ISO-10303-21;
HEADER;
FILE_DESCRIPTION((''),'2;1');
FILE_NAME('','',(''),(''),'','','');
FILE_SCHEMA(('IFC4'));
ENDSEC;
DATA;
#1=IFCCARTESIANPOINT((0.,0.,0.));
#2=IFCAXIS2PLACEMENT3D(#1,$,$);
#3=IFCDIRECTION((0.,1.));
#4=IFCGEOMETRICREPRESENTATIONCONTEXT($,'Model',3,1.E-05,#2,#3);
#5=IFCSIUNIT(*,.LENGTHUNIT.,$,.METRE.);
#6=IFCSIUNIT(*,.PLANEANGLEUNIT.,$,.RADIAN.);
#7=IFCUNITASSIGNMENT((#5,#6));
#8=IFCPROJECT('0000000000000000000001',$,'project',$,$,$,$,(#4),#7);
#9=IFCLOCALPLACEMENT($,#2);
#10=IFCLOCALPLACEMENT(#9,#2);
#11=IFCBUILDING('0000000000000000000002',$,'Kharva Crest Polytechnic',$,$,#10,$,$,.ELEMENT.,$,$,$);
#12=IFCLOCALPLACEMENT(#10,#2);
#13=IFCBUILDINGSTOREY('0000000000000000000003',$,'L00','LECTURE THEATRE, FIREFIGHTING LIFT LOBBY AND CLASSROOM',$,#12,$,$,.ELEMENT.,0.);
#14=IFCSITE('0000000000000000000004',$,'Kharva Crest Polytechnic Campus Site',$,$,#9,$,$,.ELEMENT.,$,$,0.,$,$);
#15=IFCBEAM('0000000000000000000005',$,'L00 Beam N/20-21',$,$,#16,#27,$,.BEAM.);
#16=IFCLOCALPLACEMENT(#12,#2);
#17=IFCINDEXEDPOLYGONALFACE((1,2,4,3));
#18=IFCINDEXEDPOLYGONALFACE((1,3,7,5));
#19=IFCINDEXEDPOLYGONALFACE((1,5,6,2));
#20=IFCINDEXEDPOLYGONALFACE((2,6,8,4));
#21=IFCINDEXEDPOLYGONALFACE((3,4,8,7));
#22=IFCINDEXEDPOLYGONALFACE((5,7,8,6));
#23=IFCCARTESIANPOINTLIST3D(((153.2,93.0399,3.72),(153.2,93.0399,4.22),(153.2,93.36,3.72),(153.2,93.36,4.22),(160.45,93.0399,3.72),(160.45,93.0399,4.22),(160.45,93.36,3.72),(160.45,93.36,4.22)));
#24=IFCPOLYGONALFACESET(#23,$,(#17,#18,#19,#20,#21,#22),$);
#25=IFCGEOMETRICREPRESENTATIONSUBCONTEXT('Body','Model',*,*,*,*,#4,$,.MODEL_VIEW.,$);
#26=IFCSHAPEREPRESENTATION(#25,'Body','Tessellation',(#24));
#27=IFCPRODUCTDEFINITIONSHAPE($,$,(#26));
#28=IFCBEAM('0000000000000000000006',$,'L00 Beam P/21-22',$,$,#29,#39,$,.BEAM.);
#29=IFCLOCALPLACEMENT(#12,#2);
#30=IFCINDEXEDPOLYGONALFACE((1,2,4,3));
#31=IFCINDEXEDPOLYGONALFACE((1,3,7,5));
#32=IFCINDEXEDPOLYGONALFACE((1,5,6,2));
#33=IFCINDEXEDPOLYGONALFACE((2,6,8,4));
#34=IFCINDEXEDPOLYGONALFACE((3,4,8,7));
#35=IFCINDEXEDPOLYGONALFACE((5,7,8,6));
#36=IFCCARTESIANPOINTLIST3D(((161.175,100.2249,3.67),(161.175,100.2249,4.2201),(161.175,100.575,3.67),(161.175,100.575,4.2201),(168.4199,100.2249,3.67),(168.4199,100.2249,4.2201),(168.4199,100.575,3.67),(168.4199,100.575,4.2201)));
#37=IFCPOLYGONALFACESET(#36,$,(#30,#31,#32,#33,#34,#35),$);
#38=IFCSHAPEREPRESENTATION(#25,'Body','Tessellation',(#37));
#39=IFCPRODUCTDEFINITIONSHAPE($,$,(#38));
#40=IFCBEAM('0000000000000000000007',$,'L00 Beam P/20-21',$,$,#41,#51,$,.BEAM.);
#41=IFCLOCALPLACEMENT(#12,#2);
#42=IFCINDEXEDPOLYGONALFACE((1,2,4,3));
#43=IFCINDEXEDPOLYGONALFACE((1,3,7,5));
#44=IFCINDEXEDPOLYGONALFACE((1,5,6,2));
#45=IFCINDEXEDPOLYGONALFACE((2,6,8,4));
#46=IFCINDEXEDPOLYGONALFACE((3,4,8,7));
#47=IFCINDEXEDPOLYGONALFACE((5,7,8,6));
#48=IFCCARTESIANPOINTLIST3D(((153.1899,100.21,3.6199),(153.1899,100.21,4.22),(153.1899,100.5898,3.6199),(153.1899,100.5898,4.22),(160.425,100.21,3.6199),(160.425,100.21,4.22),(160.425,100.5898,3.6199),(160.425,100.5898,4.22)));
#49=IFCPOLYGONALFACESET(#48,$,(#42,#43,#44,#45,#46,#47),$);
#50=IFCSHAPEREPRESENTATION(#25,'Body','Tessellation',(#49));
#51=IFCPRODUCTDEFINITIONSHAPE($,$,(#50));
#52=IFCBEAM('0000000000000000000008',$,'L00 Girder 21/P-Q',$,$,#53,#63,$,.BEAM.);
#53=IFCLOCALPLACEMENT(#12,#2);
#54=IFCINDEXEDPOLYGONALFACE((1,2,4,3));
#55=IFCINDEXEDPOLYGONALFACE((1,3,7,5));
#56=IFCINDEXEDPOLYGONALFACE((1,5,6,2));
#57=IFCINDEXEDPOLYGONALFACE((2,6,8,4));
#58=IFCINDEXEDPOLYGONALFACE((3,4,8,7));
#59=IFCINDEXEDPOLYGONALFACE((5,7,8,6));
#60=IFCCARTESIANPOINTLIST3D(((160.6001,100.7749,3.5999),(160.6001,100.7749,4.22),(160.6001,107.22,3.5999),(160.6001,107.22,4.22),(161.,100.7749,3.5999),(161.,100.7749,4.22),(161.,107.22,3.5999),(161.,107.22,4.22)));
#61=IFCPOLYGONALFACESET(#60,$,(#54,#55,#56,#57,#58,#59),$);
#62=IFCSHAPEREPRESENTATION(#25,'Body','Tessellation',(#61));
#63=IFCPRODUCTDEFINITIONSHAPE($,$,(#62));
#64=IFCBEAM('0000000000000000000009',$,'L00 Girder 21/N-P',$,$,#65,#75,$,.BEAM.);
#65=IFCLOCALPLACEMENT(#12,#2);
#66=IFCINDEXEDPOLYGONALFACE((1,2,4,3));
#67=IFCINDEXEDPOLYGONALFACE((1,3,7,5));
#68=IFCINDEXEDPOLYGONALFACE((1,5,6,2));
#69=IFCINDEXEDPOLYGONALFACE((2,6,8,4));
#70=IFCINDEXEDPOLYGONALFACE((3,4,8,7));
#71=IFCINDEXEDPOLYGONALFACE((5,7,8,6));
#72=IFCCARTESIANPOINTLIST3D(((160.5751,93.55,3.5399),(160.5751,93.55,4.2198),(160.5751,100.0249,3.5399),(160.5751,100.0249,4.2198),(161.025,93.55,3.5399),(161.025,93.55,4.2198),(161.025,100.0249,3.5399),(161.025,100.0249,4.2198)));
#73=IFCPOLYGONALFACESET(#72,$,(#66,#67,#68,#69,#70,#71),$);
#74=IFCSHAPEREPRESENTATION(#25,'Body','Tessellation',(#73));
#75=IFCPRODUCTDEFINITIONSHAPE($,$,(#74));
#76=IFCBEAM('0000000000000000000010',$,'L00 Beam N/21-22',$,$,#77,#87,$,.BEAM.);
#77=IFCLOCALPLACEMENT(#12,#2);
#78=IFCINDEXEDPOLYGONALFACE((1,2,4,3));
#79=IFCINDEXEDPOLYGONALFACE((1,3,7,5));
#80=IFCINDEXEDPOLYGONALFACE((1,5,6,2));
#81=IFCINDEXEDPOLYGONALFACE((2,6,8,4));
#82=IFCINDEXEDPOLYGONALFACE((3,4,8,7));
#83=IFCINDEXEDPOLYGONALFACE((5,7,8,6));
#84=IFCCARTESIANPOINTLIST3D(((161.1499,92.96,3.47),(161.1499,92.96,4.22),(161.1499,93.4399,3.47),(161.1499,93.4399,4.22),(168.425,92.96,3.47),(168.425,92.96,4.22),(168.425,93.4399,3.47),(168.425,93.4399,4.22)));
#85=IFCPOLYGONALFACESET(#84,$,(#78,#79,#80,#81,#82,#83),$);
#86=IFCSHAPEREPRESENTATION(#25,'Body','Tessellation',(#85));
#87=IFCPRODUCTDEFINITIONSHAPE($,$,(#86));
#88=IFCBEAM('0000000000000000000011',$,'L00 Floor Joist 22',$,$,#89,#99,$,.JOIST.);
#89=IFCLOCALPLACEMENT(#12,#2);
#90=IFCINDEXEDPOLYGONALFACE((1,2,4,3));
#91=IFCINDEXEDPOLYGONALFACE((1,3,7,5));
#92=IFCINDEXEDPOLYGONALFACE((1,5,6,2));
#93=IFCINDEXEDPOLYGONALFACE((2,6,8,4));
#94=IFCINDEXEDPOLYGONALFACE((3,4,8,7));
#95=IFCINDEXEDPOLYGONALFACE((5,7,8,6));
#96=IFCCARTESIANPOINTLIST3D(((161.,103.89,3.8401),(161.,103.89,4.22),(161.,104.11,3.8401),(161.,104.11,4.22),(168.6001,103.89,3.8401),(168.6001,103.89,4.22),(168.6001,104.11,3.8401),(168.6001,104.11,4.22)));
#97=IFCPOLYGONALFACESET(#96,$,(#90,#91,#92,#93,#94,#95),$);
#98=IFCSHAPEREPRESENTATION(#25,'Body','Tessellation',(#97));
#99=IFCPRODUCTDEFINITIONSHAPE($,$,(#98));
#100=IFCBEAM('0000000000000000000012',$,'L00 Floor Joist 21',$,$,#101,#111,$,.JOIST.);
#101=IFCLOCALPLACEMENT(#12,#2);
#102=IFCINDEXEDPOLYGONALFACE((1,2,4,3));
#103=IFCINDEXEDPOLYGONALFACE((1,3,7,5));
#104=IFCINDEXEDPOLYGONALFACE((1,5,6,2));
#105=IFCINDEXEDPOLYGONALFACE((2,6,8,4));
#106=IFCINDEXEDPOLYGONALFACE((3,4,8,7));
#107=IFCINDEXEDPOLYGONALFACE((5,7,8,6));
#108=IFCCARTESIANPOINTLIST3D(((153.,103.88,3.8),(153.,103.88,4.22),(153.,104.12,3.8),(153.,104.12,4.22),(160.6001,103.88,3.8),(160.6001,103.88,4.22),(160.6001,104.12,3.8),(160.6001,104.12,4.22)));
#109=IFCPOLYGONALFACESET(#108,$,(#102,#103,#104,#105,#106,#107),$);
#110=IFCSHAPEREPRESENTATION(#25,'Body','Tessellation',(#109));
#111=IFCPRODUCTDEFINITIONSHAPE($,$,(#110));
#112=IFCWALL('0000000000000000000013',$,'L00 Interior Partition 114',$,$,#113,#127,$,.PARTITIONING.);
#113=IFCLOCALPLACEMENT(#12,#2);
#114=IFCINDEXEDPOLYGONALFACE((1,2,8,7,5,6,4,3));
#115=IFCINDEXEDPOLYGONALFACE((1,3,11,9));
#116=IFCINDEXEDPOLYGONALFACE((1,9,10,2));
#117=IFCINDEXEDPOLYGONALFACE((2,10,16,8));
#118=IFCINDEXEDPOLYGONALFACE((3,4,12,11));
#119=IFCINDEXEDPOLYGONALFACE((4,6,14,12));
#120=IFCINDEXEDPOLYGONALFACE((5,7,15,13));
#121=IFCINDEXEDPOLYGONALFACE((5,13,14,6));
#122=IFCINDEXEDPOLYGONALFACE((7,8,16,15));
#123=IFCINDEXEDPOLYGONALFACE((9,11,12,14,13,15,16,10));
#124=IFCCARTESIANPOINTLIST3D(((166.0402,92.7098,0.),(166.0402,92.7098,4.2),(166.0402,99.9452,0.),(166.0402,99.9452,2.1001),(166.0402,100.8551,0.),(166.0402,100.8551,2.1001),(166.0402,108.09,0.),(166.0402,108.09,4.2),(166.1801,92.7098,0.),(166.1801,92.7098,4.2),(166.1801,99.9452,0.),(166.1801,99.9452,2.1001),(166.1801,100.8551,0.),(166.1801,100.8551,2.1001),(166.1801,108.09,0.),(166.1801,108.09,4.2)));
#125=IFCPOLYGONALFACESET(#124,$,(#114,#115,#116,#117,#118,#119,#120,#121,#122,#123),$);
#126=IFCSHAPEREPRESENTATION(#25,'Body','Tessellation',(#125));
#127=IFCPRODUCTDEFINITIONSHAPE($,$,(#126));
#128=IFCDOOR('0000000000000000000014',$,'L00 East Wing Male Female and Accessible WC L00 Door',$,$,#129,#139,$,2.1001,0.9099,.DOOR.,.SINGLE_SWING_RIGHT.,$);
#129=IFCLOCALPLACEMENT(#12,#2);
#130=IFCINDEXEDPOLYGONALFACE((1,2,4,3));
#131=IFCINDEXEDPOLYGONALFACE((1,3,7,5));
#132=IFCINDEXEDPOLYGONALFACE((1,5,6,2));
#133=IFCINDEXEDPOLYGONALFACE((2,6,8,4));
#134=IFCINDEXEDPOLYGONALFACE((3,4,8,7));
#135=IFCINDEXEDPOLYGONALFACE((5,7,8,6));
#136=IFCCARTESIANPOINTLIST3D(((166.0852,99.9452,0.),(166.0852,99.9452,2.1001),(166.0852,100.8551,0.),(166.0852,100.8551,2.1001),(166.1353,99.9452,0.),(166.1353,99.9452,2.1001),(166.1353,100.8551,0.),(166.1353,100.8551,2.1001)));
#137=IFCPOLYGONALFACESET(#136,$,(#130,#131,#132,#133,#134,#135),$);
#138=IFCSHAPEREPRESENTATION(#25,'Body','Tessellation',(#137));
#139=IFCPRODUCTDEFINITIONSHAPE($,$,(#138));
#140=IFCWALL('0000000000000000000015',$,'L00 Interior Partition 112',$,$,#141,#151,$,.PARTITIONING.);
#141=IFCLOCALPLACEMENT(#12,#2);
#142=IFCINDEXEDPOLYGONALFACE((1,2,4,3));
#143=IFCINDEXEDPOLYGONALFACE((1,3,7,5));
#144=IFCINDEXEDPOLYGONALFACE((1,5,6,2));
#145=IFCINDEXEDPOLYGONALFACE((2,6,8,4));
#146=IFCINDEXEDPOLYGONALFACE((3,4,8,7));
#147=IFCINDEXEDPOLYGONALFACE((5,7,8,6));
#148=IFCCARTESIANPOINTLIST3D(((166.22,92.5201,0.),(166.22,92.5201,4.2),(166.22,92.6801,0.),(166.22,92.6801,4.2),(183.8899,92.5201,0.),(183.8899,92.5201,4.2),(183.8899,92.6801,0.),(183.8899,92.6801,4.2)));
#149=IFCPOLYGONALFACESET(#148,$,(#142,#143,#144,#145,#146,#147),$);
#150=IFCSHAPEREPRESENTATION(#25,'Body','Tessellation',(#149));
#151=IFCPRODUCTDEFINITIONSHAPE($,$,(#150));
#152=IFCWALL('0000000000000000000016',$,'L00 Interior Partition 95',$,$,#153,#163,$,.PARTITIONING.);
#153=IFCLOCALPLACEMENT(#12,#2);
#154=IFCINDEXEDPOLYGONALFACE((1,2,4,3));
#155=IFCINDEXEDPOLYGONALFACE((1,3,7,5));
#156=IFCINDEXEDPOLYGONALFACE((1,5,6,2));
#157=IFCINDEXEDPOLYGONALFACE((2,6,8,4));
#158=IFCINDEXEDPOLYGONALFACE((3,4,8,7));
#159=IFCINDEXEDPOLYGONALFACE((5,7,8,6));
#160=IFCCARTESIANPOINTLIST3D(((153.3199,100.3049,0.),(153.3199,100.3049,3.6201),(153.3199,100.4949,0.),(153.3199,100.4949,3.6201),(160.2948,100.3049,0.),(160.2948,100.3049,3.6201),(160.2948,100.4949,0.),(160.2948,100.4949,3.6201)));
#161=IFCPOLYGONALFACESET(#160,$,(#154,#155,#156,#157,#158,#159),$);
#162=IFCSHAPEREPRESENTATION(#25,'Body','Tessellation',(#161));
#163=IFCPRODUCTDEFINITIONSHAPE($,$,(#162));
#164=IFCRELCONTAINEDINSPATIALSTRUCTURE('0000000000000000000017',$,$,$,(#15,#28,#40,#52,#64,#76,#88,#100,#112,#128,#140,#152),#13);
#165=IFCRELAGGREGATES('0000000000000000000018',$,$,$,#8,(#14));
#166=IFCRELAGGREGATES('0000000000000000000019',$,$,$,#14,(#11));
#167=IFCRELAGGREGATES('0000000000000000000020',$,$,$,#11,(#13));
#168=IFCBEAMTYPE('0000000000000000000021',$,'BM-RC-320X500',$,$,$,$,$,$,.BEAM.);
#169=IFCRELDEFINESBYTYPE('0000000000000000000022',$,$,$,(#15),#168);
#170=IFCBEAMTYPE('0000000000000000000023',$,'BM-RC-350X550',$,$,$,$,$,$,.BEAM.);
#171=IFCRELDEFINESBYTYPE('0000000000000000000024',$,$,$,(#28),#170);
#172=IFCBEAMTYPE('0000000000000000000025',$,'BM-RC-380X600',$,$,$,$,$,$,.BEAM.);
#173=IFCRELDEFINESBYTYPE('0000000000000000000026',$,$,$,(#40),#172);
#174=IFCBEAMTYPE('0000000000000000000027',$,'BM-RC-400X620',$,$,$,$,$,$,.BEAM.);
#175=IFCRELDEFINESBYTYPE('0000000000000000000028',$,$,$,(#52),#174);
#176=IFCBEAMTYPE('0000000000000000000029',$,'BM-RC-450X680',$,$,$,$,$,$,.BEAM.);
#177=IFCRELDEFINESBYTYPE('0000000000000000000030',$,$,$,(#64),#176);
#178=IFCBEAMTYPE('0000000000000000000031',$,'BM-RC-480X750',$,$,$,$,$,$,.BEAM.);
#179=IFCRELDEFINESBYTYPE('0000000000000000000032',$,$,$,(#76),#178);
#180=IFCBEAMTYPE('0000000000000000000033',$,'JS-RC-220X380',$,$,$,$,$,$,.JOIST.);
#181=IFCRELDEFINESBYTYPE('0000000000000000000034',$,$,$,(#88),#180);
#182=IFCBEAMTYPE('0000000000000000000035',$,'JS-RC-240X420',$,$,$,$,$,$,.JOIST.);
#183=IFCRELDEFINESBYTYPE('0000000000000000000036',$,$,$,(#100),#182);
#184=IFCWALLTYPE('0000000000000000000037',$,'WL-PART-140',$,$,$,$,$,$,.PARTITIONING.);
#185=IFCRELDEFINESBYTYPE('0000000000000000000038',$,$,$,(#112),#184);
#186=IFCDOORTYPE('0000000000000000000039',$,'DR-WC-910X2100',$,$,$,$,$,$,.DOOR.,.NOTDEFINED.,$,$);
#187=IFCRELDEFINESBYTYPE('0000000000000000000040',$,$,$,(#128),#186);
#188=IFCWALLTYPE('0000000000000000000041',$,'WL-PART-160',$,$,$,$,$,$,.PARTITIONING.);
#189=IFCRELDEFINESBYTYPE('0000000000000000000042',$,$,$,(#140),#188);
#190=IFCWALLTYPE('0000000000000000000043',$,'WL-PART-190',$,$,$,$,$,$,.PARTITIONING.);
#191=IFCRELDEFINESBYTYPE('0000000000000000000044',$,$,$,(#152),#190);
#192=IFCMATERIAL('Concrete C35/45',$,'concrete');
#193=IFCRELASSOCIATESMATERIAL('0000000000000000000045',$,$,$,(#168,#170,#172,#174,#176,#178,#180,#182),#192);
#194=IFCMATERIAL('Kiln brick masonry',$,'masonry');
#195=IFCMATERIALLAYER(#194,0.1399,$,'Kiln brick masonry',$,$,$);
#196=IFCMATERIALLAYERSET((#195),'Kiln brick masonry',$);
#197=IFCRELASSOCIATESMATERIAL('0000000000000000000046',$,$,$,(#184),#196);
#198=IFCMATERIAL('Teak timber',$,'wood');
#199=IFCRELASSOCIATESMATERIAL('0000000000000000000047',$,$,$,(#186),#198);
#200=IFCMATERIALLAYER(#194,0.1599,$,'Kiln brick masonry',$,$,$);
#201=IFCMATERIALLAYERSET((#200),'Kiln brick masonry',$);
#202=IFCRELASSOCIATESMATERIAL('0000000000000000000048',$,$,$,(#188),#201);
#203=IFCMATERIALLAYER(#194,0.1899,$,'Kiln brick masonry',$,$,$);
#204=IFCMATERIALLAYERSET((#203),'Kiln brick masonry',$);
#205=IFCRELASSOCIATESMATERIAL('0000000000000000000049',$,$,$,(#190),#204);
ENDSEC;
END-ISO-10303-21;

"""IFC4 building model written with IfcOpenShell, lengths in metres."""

from ifc_helpers import new_model, si_unit, direction, frame, frame_2d, origin, origin_2d, place, context, subcontext, project, spatial, rectangle, extrude, material, layer, layer_set, material_profile, profile_set, type_object, element, fill, save


model = new_model("IFC4")

# Units and contexts
model_context = context("Model", 3, precision=1e-05, world=origin(), true_north=direction((0.0, 1.0)))
body_context = subcontext(model_context, "Body", "Model", "MODEL_VIEW")
ifc_project = project(units=[si_unit("LENGTHUNIT", "METRE"), si_unit("PLANEANGLEUNIT", "RADIAN")], contexts=[model_context])

# Site, building, storey
site_placement = place(None, origin())
site = spatial("IfcSite", under=ifc_project, at=site_placement, Name="Kharva Crest Polytechnic Campus Site", CompositionType="ELEMENT", RefElevation=0.0)
building_placement = place(site_placement, origin())
building = spatial("IfcBuilding", under=site, at=building_placement, Name="Kharva Crest Polytechnic", CompositionType="ELEMENT")
storey_placement = place(building_placement, origin())
storey = spatial("IfcBuildingStorey", under=building, at=storey_placement, Name="L00", Description="LECTURE THEATRE, FIREFIGHTING LIFT LOBBY AND CLASSROOM", CompositionType="ELEMENT", Elevation=0.0)

# Shared definitions
ifc_material_1 = material(Name="Concrete C35/45", Category="concrete")

# Beams
ifc_material_profile_1 = material_profile(ifc_material_1, rectangle(XDim=0.3201, YDim=0.5, at=origin_2d()), Name="RECT 320 X 500")
ifc_profile_set_1 = profile_set([ifc_material_profile_1], Name="Concrete C35/45")
beam_type_1 = type_object("IfcBeamType", Name="BM-RC-320X500", PredefinedType="BEAM", material=ifc_profile_set_1)
beam_1_placement = place(storey_placement, frame((153.2, 93.2, 3.97), z_axis=(1.0, 0.0, 0.0), x_axis=(0.0, 1.0, 0.0)))
element("IfcBeam", 1, at=beam_1_placement, inside=storey, type_object=beam_type_1, Name="L00 Beam N/20-21", PredefinedType="BEAM", context=body_context, shape_type="SweptSolid", body=[
    extrude(rectangle(XDim=0.3201, YDim=0.5, at=origin_2d()), origin(), (0.0, 0.0, 1.0), 7.25),
])
ifc_material_profile_2 = material_profile(ifc_material_1, rectangle(XDim=0.3501, YDim=0.55, at=origin_2d()), Name="RECT 350 X 550")
ifc_profile_set_2 = profile_set([ifc_material_profile_2], Name="Concrete C35/45")
beam_type_2 = type_object("IfcBeamType", Name="BM-RC-350X550", PredefinedType="BEAM", material=ifc_profile_set_2)
beam_2_placement = place(storey_placement, frame((161.175, 100.3999, 3.9451), z_axis=(1.0, 0.0, 0.0), x_axis=(0.0, 1.0, 0.0)))
element("IfcBeam", 2, at=beam_2_placement, inside=storey, type_object=beam_type_2, Name="L00 Beam P/21-22", PredefinedType="BEAM", context=body_context, shape_type="SweptSolid", body=[
    extrude(rectangle(XDim=0.3501, YDim=0.55, at=origin_2d()), origin(), (0.0, 0.0, 1.0), 7.2449),
])
ifc_material_profile_3 = material_profile(ifc_material_1, rectangle(XDim=0.3799, YDim=0.6001, at=origin_2d()), Name="RECT 380 X 600")
ifc_profile_set_3 = profile_set([ifc_material_profile_3], Name="Concrete C35/45")
beam_type_3 = type_object("IfcBeamType", Name="BM-RC-380X600", PredefinedType="BEAM", material=ifc_profile_set_3)
beam_3_placement = place(storey_placement, frame((153.1899, 100.3999, 3.9199), z_axis=(1.0, 0.0, 0.0), x_axis=(0.0, 1.0, 0.0)))
element("IfcBeam", 3, at=beam_3_placement, inside=storey, type_object=beam_type_3, Name="L00 Beam P/20-21", PredefinedType="BEAM", context=body_context, shape_type="SweptSolid", body=[
    extrude(rectangle(XDim=0.3799, YDim=0.6001, at=origin_2d()), origin(), (0.0, 0.0, 1.0), 7.2351),
])
ifc_material_profile_4 = material_profile(ifc_material_1, rectangle(XDim=0.3999, YDim=0.6201, at=origin_2d()), Name="RECT 400 X 620")
ifc_profile_set_4 = profile_set([ifc_material_profile_4], Name="Concrete C35/45")
beam_type_4 = type_object("IfcBeamType", Name="BM-RC-400X620", PredefinedType="BEAM", material=ifc_profile_set_4)
beam_4_placement = place(storey_placement, frame((160.8, 100.7749, 3.9099), z_axis=(0.0, 1.0, 0.0), x_axis=(-1.0, 0.0, 0.0)))
element("IfcBeam", 4, at=beam_4_placement, inside=storey, type_object=beam_type_4, Name="L00 Girder 21/P-Q", PredefinedType="BEAM", context=body_context, shape_type="SweptSolid", body=[
    extrude(rectangle(XDim=0.3999, YDim=0.6201, at=origin_2d()), origin(), (0.0, 0.0, 1.0), 6.4451),
])
ifc_material_profile_5 = material_profile(ifc_material_1, rectangle(XDim=0.45, YDim=0.6799, at=origin_2d()), Name="RECT 450 X 680")
ifc_profile_set_5 = profile_set([ifc_material_profile_5], Name="Concrete C35/45")
beam_type_5 = type_object("IfcBeamType", Name="BM-RC-450X680", PredefinedType="BEAM", material=ifc_profile_set_5)
beam_5_placement = place(storey_placement, frame((160.8, 93.55, 3.8799), z_axis=(0.0, 1.0, 0.0), x_axis=(-1.0, 0.0, 0.0)))
element("IfcBeam", 5, at=beam_5_placement, inside=storey, type_object=beam_type_5, Name="L00 Girder 21/N-P", PredefinedType="BEAM", context=body_context, shape_type="SweptSolid", body=[
    extrude(rectangle(XDim=0.45, YDim=0.6799, at=origin_2d()), origin(), (0.0, 0.0, 1.0), 6.4749),
])
ifc_material_profile_6 = material_profile(ifc_material_1, rectangle(XDim=0.48, YDim=0.75, at=origin_2d()), Name="RECT 480 X 750")
ifc_profile_set_6 = profile_set([ifc_material_profile_6], Name="Concrete C35/45")
beam_type_6 = type_object("IfcBeamType", Name="BM-RC-480X750", PredefinedType="BEAM", material=ifc_profile_set_6)
beam_6_placement = place(storey_placement, frame((161.1499, 93.2, 3.845), z_axis=(1.0, 0.0, 0.0), x_axis=(0.0, 1.0, 0.0)))
element("IfcBeam", 6, at=beam_6_placement, inside=storey, type_object=beam_type_6, Name="L00 Beam N/21-22", PredefinedType="BEAM", context=body_context, shape_type="SweptSolid", body=[
    extrude(rectangle(XDim=0.48, YDim=0.75, at=origin_2d()), origin(), (0.0, 0.0, 1.0), 7.2751),
])
ifc_material_profile_7 = material_profile(ifc_material_1, rectangle(XDim=0.22, YDim=0.3799, at=origin_2d()), Name="RECT 220 X 380")
ifc_profile_set_7 = profile_set([ifc_material_profile_7], Name="Concrete C35/45")
beam_type_7 = type_object("IfcBeamType", Name="JS-RC-220X380", PredefinedType="JOIST", material=ifc_profile_set_7)
beam_7_placement = place(storey_placement, frame((161.0, 104.0, 4.03), z_axis=(1.0, 0.0, 0.0), x_axis=(0.0, 1.0, 0.0)))
element("IfcBeam", 7, at=beam_7_placement, inside=storey, type_object=beam_type_7, Name="L00 Floor Joist 22", PredefinedType="JOIST", context=body_context, shape_type="SweptSolid", body=[
    extrude(rectangle(XDim=0.22, YDim=0.3799, at=origin_2d()), origin(), (0.0, 0.0, 1.0), 7.6001),
])
ifc_material_profile_8 = material_profile(ifc_material_1, rectangle(XDim=0.24, YDim=0.4199, at=origin_2d()), Name="RECT 240 X 420")
ifc_profile_set_8 = profile_set([ifc_material_profile_8], Name="Concrete C35/45")
beam_type_8 = type_object("IfcBeamType", Name="JS-RC-240X420", PredefinedType="JOIST", material=ifc_profile_set_8)
beam_8_placement = place(storey_placement, frame((153.0, 104.0, 4.01), z_axis=(1.0, 0.0, 0.0), x_axis=(0.0, 1.0, 0.0)))
element("IfcBeam", 8, at=beam_8_placement, inside=storey, type_object=beam_type_8, Name="L00 Floor Joist 21", PredefinedType="JOIST", context=body_context, shape_type="SweptSolid", body=[
    extrude(rectangle(XDim=0.24, YDim=0.4199, at=origin_2d()), origin(), (0.0, 0.0, 1.0), 7.6001),
])

# Wall, opening, door
ifc_material_2 = material(Name="Kiln brick masonry", Category="masonry")
ifc_layer_1 = layer(ifc_material_2, 0.1399, Name="Kiln brick masonry")
ifc_layer_set_1 = layer_set([ifc_layer_1], Name="Kiln brick masonry")
wall_type_1 = type_object("IfcWallType", Name="WL-PART-140", PredefinedType="PARTITIONING", material=ifc_layer_set_1)
wall_1_placement = place(storey_placement, frame((166.1101, 92.71, 0.0), z_axis=(0.0, 0.0, 1.0), x_axis=(0.0, 1.0, 0.0)))
wall_1 = element("IfcWall", 9, at=wall_1_placement, inside=storey, type_object=wall_type_1, Name="L00 Interior Partition 114", PredefinedType="PARTITIONING", context=body_context, shape_type="SweptSolid", body=[
    extrude(rectangle(XDim=15.3801, YDim=0.1399, at=frame_2d((7.6899, 0.0))), origin(), (0.0, 0.0, 1.0), 4.2),
])
opening_placement = place(wall_1_placement, frame((7.2351, 0.0, 0.0)))
opening = element("IfcOpeningElement", 10, at=opening_placement, cuts=wall_1, PredefinedType="OPENING", context=body_context, shape_type="SweptSolid", body=[
    extrude(rectangle(XDim=0.9099, YDim=2.1001, at=frame_2d((0.4551, 1.05))), frame((0.0, 0.0798, 0.0), z_axis=(0.0, -1.0, 0.0), x_axis=(1.0, 0.0, 0.0)), (0.0, 0.0, 1.0), 0.1599),
])
ifc_material_3 = material(Name="Teak timber", Category="wood")
door_type = type_object("IfcDoorType", Name="DR-WC-910X2100", OperationType="NOTDEFINED", PredefinedType="DOOR", material=ifc_material_3)
door_placement = place(opening_placement, origin())
door = element("IfcDoor", 11, at=door_placement, inside=storey, type_object=door_type, Name="L00 East Wing Male Female and Accessible WC L00 Door", OperationType="SINGLE_SWING_RIGHT", OverallHeight=2.1001, OverallWidth=0.9099, PredefinedType="DOOR", context=body_context, shape_type="SweptSolid", body=[
    extrude(rectangle(XDim=0.9099, YDim=2.1001, at=frame_2d((0.4551, 1.05))), frame((0.0, 0.0249, 0.0), z_axis=(0.0, -1.0, 0.0), x_axis=(1.0, 0.0, 0.0)), (0.0, 0.0, 1.0), 0.05),
])
fill(opening, door)

# Walls
ifc_layer_2 = layer(ifc_material_2, 0.1599, Name="Kiln brick masonry")
ifc_layer_set_2 = layer_set([ifc_layer_2], Name="Kiln brick masonry")
wall_type_2 = type_object("IfcWallType", Name="WL-PART-160", PredefinedType="PARTITIONING", material=ifc_layer_set_2)
wall_2_placement = place(storey_placement, frame((166.22, 92.6001, 0.0), z_axis=(0.0, 0.0, 1.0), x_axis=(1.0, 0.0, 0.0)))
element("IfcWall", 12, at=wall_2_placement, inside=storey, type_object=wall_type_2, Name="L00 Interior Partition 112", PredefinedType="PARTITIONING", context=body_context, shape_type="SweptSolid", body=[
    extrude(rectangle(XDim=17.6699, YDim=0.1599, at=frame_2d((8.835, 0.0))), origin(), (0.0, 0.0, 1.0), 4.2),
])
ifc_layer_3 = layer(ifc_material_2, 0.1899, Name="Kiln brick masonry")
ifc_layer_set_3 = layer_set([ifc_layer_3], Name="Kiln brick masonry")
wall_type_3 = type_object("IfcWallType", Name="WL-PART-190", PredefinedType="PARTITIONING", material=ifc_layer_set_3)
wall_3_placement = place(storey_placement, frame((153.3201, 100.3999, 0.0), z_axis=(0.0, 0.0, 1.0), x_axis=(1.0, 0.0, 0.0)))
element("IfcWall", 13, at=wall_3_placement, inside=storey, type_object=wall_type_3, Name="L00 Interior Partition 95", PredefinedType="PARTITIONING", context=body_context, shape_type="SweptSolid", body=[
    extrude(rectangle(XDim=6.9749, YDim=0.1899, at=frame_2d((3.4873, 0.0))), origin(), (0.0, 0.0, 1.0), 3.6201),
])

save(model, "model.ifc")
